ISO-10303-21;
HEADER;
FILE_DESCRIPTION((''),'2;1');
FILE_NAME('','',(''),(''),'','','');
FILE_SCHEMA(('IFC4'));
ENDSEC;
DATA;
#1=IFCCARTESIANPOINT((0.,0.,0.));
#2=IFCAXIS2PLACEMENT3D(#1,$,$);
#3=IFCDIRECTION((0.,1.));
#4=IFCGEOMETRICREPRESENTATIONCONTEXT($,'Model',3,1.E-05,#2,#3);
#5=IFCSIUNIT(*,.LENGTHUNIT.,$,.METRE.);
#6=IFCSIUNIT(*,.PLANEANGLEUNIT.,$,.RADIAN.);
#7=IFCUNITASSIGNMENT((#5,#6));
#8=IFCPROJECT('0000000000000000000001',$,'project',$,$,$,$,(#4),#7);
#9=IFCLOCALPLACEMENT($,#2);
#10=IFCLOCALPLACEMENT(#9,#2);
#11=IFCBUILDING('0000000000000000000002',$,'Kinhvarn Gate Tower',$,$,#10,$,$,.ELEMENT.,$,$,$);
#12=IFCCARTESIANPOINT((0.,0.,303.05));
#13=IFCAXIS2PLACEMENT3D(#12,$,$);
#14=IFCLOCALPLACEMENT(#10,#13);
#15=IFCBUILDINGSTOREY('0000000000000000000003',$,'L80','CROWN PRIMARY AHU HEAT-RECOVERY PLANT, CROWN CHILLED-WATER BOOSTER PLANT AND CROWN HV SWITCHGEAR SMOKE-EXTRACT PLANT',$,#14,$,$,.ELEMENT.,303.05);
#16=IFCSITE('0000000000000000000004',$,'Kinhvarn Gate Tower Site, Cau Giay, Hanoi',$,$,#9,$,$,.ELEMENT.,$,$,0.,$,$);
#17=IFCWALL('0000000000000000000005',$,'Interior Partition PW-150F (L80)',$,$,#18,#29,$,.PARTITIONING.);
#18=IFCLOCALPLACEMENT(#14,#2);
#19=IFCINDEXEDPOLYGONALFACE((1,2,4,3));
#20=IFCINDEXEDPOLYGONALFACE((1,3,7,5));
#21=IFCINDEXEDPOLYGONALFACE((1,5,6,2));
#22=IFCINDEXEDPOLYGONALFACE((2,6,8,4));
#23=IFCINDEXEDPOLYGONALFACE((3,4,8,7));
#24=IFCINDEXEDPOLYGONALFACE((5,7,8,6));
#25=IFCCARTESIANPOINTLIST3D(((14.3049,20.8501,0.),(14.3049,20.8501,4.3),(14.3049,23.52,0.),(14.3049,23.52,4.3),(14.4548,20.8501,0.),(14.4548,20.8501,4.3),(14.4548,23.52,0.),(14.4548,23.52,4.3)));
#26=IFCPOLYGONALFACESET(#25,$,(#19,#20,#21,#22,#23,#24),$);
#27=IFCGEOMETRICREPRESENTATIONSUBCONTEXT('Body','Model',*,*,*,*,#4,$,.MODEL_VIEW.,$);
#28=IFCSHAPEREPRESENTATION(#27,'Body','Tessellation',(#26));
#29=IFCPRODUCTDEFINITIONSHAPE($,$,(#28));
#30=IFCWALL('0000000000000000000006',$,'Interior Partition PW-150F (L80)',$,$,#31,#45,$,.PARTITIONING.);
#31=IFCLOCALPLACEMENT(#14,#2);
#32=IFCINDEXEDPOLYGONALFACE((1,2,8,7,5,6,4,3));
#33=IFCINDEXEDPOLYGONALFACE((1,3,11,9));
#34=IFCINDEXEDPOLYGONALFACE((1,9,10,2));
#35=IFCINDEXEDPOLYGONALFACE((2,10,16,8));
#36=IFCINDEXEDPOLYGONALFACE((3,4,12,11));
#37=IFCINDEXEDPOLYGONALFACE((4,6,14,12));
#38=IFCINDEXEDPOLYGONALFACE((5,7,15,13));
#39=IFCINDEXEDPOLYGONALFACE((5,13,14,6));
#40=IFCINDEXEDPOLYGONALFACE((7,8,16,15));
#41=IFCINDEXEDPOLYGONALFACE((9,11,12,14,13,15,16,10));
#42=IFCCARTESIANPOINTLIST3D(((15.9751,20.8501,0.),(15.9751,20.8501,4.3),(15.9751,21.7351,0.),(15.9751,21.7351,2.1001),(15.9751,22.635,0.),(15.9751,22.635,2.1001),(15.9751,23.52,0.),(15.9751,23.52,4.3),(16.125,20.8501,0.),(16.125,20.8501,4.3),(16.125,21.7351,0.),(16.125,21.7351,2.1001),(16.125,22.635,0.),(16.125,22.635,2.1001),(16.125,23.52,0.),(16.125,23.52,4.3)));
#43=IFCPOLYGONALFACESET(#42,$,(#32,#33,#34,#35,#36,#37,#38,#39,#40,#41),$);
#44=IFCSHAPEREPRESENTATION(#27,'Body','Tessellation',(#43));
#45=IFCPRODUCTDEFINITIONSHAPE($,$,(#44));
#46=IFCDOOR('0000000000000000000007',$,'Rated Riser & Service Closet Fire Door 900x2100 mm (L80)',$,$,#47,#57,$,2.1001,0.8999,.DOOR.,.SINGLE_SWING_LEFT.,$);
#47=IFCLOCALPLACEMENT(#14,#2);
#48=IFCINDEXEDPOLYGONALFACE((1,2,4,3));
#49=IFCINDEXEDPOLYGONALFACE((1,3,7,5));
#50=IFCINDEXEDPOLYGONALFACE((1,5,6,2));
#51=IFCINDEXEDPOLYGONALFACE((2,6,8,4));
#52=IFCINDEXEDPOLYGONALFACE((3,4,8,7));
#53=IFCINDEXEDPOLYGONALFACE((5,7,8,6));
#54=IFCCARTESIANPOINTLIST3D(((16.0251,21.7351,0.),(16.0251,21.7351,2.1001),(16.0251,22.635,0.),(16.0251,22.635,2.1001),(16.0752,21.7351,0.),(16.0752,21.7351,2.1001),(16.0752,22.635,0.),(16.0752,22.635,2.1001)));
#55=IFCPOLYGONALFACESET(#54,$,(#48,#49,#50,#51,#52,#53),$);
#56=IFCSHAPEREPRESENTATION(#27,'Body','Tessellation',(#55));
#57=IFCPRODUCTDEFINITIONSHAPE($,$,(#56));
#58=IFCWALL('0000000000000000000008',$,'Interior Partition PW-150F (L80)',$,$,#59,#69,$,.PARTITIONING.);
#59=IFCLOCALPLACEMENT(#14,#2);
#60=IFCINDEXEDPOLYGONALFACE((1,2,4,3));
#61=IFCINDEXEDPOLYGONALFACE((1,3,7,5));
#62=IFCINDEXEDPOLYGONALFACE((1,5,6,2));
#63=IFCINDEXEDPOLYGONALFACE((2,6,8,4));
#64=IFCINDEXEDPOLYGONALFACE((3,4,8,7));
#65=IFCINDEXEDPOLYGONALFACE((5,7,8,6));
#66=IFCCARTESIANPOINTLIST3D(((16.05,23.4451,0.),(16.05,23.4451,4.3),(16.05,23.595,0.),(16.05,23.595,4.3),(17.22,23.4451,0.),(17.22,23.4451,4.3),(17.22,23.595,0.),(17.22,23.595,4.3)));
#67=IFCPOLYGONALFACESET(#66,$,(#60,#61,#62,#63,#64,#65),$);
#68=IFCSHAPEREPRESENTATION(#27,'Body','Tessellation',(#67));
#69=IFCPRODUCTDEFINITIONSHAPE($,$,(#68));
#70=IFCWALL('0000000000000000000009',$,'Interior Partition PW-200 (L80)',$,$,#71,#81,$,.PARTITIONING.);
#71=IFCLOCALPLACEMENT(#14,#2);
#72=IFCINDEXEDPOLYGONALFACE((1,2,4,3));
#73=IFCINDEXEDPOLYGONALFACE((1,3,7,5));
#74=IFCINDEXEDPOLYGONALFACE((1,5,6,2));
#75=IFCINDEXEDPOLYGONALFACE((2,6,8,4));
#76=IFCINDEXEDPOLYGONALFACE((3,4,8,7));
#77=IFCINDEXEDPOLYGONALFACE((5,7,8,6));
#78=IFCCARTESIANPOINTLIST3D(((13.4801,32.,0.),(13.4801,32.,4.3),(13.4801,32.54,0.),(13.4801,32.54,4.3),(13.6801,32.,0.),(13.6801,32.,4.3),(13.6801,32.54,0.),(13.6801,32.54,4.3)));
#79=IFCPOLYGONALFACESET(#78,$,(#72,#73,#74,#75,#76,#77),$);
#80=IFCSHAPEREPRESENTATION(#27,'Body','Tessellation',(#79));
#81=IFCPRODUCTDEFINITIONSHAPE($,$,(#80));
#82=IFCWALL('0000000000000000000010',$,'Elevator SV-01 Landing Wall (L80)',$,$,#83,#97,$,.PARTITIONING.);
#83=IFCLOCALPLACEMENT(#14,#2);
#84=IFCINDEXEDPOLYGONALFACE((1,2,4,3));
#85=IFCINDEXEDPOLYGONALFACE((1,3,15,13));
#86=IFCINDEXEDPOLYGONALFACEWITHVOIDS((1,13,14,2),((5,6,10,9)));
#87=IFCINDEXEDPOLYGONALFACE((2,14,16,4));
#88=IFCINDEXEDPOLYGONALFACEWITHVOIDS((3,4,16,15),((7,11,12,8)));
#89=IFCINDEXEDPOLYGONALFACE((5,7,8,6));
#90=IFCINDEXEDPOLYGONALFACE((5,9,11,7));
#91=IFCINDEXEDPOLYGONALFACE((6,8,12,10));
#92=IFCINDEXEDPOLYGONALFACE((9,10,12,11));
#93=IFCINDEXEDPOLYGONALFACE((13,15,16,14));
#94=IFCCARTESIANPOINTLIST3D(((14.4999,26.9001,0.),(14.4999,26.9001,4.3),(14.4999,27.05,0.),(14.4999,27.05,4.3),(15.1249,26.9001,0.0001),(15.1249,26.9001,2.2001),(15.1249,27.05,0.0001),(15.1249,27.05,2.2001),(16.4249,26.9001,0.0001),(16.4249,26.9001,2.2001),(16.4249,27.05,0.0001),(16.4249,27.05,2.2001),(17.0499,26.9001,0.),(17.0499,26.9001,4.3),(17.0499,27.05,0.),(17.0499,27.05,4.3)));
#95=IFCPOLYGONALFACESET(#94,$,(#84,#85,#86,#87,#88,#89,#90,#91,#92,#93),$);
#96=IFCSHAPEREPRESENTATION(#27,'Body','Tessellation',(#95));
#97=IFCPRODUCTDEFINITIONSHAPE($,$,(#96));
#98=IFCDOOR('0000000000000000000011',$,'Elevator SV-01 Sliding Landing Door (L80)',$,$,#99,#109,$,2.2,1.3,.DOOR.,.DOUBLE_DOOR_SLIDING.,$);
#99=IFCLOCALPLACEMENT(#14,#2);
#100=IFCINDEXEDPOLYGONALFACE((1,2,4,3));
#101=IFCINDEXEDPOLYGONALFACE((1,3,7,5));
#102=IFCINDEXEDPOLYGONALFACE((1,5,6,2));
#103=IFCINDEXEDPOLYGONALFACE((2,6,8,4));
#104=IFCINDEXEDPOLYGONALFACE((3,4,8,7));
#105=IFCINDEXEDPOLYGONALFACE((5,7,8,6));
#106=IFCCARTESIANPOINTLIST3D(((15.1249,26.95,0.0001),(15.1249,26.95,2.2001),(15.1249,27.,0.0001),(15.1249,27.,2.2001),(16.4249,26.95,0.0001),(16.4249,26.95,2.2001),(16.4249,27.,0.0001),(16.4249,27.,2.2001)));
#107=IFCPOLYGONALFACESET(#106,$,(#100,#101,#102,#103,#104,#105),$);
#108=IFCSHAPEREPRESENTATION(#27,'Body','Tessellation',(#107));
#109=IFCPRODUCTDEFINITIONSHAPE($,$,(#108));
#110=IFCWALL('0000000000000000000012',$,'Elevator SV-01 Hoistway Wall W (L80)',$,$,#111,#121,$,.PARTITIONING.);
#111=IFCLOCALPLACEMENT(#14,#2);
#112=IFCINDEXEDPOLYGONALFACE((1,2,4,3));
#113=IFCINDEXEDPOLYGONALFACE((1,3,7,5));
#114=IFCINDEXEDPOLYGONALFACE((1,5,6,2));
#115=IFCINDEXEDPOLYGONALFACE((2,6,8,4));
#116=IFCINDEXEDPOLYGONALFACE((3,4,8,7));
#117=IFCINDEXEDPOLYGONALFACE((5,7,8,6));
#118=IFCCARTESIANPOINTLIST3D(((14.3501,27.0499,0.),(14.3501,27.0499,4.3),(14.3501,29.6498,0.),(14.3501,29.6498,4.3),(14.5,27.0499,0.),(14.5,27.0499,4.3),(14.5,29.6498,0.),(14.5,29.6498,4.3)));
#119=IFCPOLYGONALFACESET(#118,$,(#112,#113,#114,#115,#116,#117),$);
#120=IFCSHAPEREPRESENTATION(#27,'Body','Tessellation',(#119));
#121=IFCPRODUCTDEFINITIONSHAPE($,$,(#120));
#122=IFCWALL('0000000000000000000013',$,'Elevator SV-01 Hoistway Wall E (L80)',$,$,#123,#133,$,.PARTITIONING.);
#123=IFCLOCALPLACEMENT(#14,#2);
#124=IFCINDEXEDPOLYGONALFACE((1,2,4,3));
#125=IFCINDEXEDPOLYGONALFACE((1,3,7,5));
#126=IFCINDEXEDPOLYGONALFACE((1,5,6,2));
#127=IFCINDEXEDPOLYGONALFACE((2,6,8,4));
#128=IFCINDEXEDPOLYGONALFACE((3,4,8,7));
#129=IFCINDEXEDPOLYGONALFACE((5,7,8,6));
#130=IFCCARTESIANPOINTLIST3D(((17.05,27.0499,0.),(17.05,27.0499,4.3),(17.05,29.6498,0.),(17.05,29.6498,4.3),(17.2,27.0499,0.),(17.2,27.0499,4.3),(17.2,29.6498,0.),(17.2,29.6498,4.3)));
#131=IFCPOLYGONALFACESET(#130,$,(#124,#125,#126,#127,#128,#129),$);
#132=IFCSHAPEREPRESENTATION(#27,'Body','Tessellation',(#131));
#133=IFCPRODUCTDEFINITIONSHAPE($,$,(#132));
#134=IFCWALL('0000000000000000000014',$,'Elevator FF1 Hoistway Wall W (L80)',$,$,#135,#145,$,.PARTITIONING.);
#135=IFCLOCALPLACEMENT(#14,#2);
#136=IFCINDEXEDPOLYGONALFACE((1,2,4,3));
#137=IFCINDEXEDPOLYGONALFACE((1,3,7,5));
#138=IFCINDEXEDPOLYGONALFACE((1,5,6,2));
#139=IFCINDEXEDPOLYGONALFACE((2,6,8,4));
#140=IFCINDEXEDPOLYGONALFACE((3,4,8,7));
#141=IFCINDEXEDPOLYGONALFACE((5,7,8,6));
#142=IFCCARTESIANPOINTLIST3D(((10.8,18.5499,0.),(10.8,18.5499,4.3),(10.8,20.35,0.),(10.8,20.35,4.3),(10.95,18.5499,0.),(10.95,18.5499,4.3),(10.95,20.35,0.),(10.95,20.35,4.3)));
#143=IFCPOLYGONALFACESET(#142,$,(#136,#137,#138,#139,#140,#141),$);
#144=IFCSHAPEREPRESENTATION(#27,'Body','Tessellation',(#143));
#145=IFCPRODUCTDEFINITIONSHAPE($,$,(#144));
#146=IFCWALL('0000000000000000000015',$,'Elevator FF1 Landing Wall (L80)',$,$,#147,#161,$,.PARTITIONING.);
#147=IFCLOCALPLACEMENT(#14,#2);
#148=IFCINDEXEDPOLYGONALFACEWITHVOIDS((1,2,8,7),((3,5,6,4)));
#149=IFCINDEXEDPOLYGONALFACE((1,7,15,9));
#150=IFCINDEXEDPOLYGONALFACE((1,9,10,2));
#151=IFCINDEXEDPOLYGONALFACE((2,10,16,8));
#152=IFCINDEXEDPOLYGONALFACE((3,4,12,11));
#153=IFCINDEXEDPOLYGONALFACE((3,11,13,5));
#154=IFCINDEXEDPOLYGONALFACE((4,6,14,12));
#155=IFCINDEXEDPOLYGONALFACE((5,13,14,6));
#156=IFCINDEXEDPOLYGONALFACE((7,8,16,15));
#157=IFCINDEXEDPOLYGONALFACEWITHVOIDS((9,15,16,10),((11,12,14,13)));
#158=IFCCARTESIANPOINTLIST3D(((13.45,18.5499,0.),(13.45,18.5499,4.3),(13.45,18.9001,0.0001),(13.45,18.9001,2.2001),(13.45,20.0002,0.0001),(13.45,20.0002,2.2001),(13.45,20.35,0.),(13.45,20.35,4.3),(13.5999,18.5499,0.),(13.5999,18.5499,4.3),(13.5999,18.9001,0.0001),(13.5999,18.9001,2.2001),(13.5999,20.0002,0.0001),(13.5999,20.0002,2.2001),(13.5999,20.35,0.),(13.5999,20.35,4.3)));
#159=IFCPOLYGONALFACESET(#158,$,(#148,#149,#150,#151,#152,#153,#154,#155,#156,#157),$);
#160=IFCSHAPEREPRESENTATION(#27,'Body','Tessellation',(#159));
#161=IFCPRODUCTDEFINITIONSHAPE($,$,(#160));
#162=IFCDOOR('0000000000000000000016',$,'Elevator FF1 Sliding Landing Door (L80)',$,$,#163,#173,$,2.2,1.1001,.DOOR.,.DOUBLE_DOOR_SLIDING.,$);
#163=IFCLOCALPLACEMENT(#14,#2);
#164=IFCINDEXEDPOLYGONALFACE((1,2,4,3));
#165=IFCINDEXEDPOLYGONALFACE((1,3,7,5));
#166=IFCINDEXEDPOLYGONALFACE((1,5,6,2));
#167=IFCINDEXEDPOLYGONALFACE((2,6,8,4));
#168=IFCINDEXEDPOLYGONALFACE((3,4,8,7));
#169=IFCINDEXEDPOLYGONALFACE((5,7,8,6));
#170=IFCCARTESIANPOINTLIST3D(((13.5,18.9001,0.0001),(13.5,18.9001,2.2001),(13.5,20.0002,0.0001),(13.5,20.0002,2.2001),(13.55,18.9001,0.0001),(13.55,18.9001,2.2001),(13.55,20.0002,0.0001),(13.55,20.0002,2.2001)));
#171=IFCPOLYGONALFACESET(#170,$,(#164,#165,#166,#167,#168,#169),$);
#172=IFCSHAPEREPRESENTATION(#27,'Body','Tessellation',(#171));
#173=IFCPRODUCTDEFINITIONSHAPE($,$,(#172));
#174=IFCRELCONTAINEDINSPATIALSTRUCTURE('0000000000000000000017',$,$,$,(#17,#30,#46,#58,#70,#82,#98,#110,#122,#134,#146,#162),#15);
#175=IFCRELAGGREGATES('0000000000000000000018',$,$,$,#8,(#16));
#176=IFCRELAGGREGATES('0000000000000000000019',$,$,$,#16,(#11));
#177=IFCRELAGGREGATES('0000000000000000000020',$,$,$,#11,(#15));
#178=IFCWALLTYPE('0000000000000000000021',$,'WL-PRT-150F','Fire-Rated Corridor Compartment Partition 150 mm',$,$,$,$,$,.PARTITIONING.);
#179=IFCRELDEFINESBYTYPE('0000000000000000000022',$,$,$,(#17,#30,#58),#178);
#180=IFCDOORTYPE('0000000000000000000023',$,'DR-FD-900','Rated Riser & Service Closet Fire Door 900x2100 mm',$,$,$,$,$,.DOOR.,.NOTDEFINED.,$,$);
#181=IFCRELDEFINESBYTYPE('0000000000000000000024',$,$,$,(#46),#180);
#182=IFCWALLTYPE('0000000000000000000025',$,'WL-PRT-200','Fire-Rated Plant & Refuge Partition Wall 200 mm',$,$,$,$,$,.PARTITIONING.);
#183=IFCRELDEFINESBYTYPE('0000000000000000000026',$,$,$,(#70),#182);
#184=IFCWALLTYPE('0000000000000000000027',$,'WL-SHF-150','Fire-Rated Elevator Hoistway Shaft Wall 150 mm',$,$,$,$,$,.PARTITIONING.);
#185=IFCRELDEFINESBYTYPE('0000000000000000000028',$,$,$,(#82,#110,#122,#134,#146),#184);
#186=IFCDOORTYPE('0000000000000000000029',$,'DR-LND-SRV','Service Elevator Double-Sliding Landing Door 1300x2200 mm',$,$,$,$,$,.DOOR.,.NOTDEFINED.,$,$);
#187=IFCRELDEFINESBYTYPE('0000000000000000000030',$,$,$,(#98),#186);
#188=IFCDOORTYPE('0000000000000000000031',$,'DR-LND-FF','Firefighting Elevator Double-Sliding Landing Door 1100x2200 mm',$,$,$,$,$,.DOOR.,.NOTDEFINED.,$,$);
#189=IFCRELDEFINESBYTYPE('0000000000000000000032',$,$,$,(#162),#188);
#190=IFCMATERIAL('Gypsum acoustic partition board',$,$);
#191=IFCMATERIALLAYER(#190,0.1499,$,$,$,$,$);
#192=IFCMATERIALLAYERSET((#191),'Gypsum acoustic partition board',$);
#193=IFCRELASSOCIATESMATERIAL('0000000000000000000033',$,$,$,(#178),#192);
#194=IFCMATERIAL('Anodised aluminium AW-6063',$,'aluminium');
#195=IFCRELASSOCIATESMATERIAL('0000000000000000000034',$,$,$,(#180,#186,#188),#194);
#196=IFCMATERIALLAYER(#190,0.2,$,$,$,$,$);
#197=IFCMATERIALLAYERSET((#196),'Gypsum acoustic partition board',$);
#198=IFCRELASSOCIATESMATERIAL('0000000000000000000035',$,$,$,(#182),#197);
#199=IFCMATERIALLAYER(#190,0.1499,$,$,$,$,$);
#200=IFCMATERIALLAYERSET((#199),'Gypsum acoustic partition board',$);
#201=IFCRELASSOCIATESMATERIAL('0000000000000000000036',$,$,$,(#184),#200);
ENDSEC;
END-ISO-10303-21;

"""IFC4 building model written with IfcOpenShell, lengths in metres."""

from ifc_helpers import new_model, si_unit, direction, frame, frame_2d, origin, place, context, subcontext, project, spatial, rectangle, extrude, material, layer, layer_set, type_object, element, fill, save


model = new_model("IFC4")

# Units and contexts
model_context = context("Model", 3, precision=1e-05, world=origin(), true_north=direction((0.0, 1.0)))
body_context = subcontext(model_context, "Body", "Model", "MODEL_VIEW")
ifc_project = project(units=[si_unit("LENGTHUNIT", "METRE"), si_unit("PLANEANGLEUNIT", "RADIAN")], contexts=[model_context])

# Site, building, storey
site_placement = place(None, origin())
site = spatial("IfcSite", under=ifc_project, at=site_placement, Name="Kinhvarn Gate Tower Site, Cau Giay, Hanoi", CompositionType="ELEMENT", RefElevation=0.0)
building_placement = place(site_placement, origin())
building = spatial("IfcBuilding", under=site, at=building_placement, Name="Kinhvarn Gate Tower", CompositionType="ELEMENT")
storey_placement = place(building_placement, frame((0.0, 0.0, 303.05)))
storey = spatial("IfcBuildingStorey", under=building, at=storey_placement, Name="L80", Description="CROWN PRIMARY AHU HEAT-RECOVERY PLANT, CROWN CHILLED-WATER BOOSTER PLANT AND CROWN HV SWITCHGEAR SMOKE-EXTRACT PLANT", CompositionType="ELEMENT", Elevation=303.05)

# Shared definitions
ifc_material_1 = material(Name="Gypsum acoustic partition board")
ifc_layer_1 = layer(ifc_material_1, 0.1499)
ifc_layer_set_1 = layer_set([ifc_layer_1], Name="Gypsum acoustic partition board")
wall_type_1 = type_object("IfcWallType", Name="WL-PRT-150F", Description="Fire-Rated Corridor Compartment Partition 150 mm", PredefinedType="PARTITIONING", material=ifc_layer_set_1)

# Shared definitions
ifc_material_2 = material(Name="Anodised aluminium AW-6063", Category="aluminium")
door_type_1 = type_object("IfcDoorType", Name="DR-FD-900", Description="Rated Riser & Service Closet Fire Door 900x2100 mm", OperationType="NOTDEFINED", PredefinedType="DOOR", material=ifc_material_2)

# Wall
wall_1_placement = place(storey_placement, frame((14.3799, 20.8501, 0.0), z_axis=(0.0, 0.0, 1.0), x_axis=(0.0, 1.0, 0.0)))
element("IfcWall", 1, at=wall_1_placement, inside=storey, type_object=wall_type_1, Name="Interior Partition PW-150F (L80)", PredefinedType="PARTITIONING", context=body_context, shape_type="SweptSolid", body=[
    extrude(rectangle(XDim=2.6699, YDim=0.1499, at=frame_2d((1.335, 0.0))), origin(), (0.0, 0.0, 1.0), 4.3),
])

# Wall, opening, door
wall_2_placement = place(storey_placement, frame((16.05, 20.8501, 0.0), z_axis=(0.0, 0.0, 1.0), x_axis=(0.0, 1.0, 0.0)))
wall_2 = element("IfcWall", 2, at=wall_2_placement, inside=storey, type_object=wall_type_1, Name="Interior Partition PW-150F (L80)", PredefinedType="PARTITIONING", context=body_context, shape_type="SweptSolid", body=[
    extrude(rectangle(XDim=2.6699, YDim=0.1499, at=frame_2d((1.335, 0.0))), origin(), (0.0, 0.0, 1.0), 4.3),
])
opening_1_placement = place(wall_2_placement, frame((0.885, 0.0, 0.0)))
opening_1 = element("IfcOpeningElement", 3, at=opening_1_placement, cuts=wall_2, PredefinedType="OPENING", context=body_context, shape_type="SweptSolid", body=[
    extrude(rectangle(XDim=0.8999, YDim=2.1001, at=frame_2d((0.45, 1.05))), frame((0.0, 0.085, 0.0), z_axis=(0.0, -1.0, 0.0), x_axis=(1.0, 0.0, 0.0)), (0.0, 0.0, 1.0), 0.1699),
])
door_1_placement = place(opening_1_placement, origin())
door_1 = element("IfcDoor", 4, at=door_1_placement, inside=storey, type_object=door_type_1, Name="Rated Riser & Service Closet Fire Door 900x2100 mm (L80)", OperationType="SINGLE_SWING_LEFT", OverallHeight=2.1001, OverallWidth=0.8999, PredefinedType="DOOR", context=body_context, shape_type="SweptSolid", body=[
    extrude(rectangle(XDim=0.8999, YDim=2.1001, at=frame_2d((0.45, 1.05))), frame((0.0, 0.0249, 0.0), z_axis=(0.0, -1.0, 0.0), x_axis=(1.0, 0.0, 0.0)), (0.0, 0.0, 1.0), 0.05),
])
fill(opening_1, door_1)

# Walls
wall_3_placement = place(storey_placement, frame((16.05, 23.52, 0.0), z_axis=(0.0, 0.0, 1.0), x_axis=(1.0, 0.0, 0.0)))
element("IfcWall", 5, at=wall_3_placement, inside=storey, type_object=wall_type_1, Name="Interior Partition PW-150F (L80)", PredefinedType="PARTITIONING", context=body_context, shape_type="SweptSolid", body=[
    extrude(rectangle(XDim=1.1699, YDim=0.1499, at=frame_2d((0.585, 0.0))), origin(), (0.0, 0.0, 1.0), 4.3),
])
ifc_layer_2 = layer(ifc_material_1, 0.2)
ifc_layer_set_2 = layer_set([ifc_layer_2], Name="Gypsum acoustic partition board")
wall_type_2 = type_object("IfcWallType", Name="WL-PRT-200", Description="Fire-Rated Plant & Refuge Partition Wall 200 mm", PredefinedType="PARTITIONING", material=ifc_layer_set_2)
wall_4_placement = place(storey_placement, frame((13.5801, 32.0, 0.0), z_axis=(0.0, 0.0, 1.0), x_axis=(0.0, 1.0, 0.0)))
element("IfcWall", 6, at=wall_4_placement, inside=storey, type_object=wall_type_2, Name="Interior Partition PW-200 (L80)", PredefinedType="PARTITIONING", context=body_context, shape_type="SweptSolid", body=[
    extrude(rectangle(XDim=0.54, YDim=0.2, at=frame_2d((0.27, 0.0))), origin(), (0.0, 0.0, 1.0), 4.3),
])

# Wall, opening, door
ifc_layer_3 = layer(ifc_material_1, 0.1499)
ifc_layer_set_3 = layer_set([ifc_layer_3], Name="Gypsum acoustic partition board")
wall_type_3 = type_object("IfcWallType", Name="WL-SHF-150", Description="Fire-Rated Elevator Hoistway Shaft Wall 150 mm", PredefinedType="PARTITIONING", material=ifc_layer_set_3)
wall_5_placement = place(storey_placement, frame((14.5, 26.9751, 0.0), z_axis=(0.0, 0.0, 1.0), x_axis=(1.0, 0.0, 0.0)))
wall_5 = element("IfcWall", 7, at=wall_5_placement, inside=storey, type_object=wall_type_3, Name="Elevator SV-01 Landing Wall (L80)", PredefinedType="PARTITIONING", context=body_context, shape_type="SweptSolid", body=[
    extrude(rectangle(XDim=2.55, YDim=0.1499, at=frame_2d((1.2749, 0.0))), origin(), (0.0, 0.0, 1.0), 4.3),
])
opening_2_placement = place(wall_5_placement, frame((0.625, 0.0, 0.0)))
opening_2 = element("IfcOpeningElement", 8, at=opening_2_placement, cuts=wall_5, PredefinedType="OPENING", context=body_context, shape_type="SweptSolid", body=[
    extrude(rectangle(XDim=1.3, YDim=2.2, at=frame_2d((0.6499, 1.1001))), frame((0.0, 0.085, 0.0), z_axis=(0.0, -1.0, 0.0), x_axis=(1.0, 0.0, 0.0)), (0.0, 0.0, 1.0), 0.1699),
])
door_type_2 = type_object("IfcDoorType", Name="DR-LND-SRV", Description="Service Elevator Double-Sliding Landing Door 1300x2200 mm", OperationType="NOTDEFINED", PredefinedType="DOOR", material=ifc_material_2)
door_2_placement = place(opening_2_placement, origin())
door_2 = element("IfcDoor", 9, at=door_2_placement, inside=storey, type_object=door_type_2, Name="Elevator SV-01 Sliding Landing Door (L80)", OperationType="DOUBLE_DOOR_SLIDING", OverallHeight=2.2, OverallWidth=1.3, PredefinedType="DOOR", context=body_context, shape_type="SweptSolid", body=[
    extrude(rectangle(XDim=1.3, YDim=2.2, at=frame_2d((0.6499, 1.1001))), frame((0.0, 0.0249, 0.0), z_axis=(0.0, -1.0, 0.0), x_axis=(1.0, 0.0, 0.0)), (0.0, 0.0, 1.0), 0.05),
])
fill(opening_2, door_2)

# Walls
for number, where, z_axis, x_axis, name in (
    (10, (14.425, 27.05, 0.0), (0.0, 0.0, 1.0), (0.0, 1.0, 0.0), "Elevator SV-01 Hoistway Wall W (L80)"),
    (11, (17.125, 27.05, 0.0), (0.0, 0.0, 1.0), (0.0, 1.0, 0.0), "Elevator SV-01 Hoistway Wall E (L80)"),
):
    element("IfcWall", number, at=place(storey_placement, frame(where, z_axis=z_axis, x_axis=x_axis)), inside=storey, type_object=wall_type_3, Name=name, PredefinedType="PARTITIONING", context=body_context, shape_type="SweptSolid", body=[
        extrude(rectangle(XDim=2.5999, YDim=0.1499, at=frame_2d((1.2998, 0.0))), origin(), (0.0, 0.0, 1.0), 4.3),
    ])
wall_6_placement = place(storey_placement, frame((10.875, 18.55, 0.0), z_axis=(0.0, 0.0, 1.0), x_axis=(0.0, 1.0, 0.0)))
element("IfcWall", 12, at=wall_6_placement, inside=storey, type_object=wall_type_3, Name="Elevator FF1 Hoistway Wall W (L80)", PredefinedType="PARTITIONING", context=body_context, shape_type="SweptSolid", body=[
    extrude(rectangle(XDim=1.8, YDim=0.1499, at=frame_2d((0.8999, 0.0))), origin(), (0.0, 0.0, 1.0), 4.3),
])

# Wall, opening, door
wall_7_placement = place(storey_placement, frame((13.5249, 18.55, 0.0), z_axis=(0.0, 0.0, 1.0), x_axis=(0.0, 1.0, 0.0)))
wall_7 = element("IfcWall", 13, at=wall_7_placement, inside=storey, type_object=wall_type_3, Name="Elevator FF1 Landing Wall (L80)", PredefinedType="PARTITIONING", context=body_context, shape_type="SweptSolid", body=[
    extrude(rectangle(XDim=1.8, YDim=0.1499, at=frame_2d((0.8999, 0.0))), origin(), (0.0, 0.0, 1.0), 4.3),
])
opening_3_placement = place(wall_7_placement, frame((0.3501, 0.0, 0.0)))
opening_3 = element("IfcOpeningElement", 14, at=opening_3_placement, cuts=wall_7, PredefinedType="OPENING", context=body_context, shape_type="SweptSolid", body=[
    extrude(rectangle(XDim=1.1001, YDim=2.2, at=frame_2d((0.55, 1.1001))), frame((0.0, 0.085, 0.0), z_axis=(0.0, -1.0, 0.0), x_axis=(1.0, 0.0, 0.0)), (0.0, 0.0, 1.0), 0.1699),
])
door_type_3 = type_object("IfcDoorType", Name="DR-LND-FF", Description="Firefighting Elevator Double-Sliding Landing Door 1100x2200 mm", OperationType="NOTDEFINED", PredefinedType="DOOR", material=ifc_material_2)
door_3_placement = place(opening_3_placement, origin())
door_3 = element("IfcDoor", 15, at=door_3_placement, inside=storey, type_object=door_type_3, Name="Elevator FF1 Sliding Landing Door (L80)", OperationType="DOUBLE_DOOR_SLIDING", OverallHeight=2.2, OverallWidth=1.1001, PredefinedType="DOOR", context=body_context, shape_type="SweptSolid", body=[
    extrude(rectangle(XDim=1.1001, YDim=2.2, at=frame_2d((0.55, 1.1001))), frame((0.0, 0.0249, 0.0), z_axis=(0.0, -1.0, 0.0), x_axis=(1.0, 0.0, 0.0)), (0.0, 0.0, 1.0), 0.05),
])
fill(opening_3, door_3)

save(model, "model.ifc")
